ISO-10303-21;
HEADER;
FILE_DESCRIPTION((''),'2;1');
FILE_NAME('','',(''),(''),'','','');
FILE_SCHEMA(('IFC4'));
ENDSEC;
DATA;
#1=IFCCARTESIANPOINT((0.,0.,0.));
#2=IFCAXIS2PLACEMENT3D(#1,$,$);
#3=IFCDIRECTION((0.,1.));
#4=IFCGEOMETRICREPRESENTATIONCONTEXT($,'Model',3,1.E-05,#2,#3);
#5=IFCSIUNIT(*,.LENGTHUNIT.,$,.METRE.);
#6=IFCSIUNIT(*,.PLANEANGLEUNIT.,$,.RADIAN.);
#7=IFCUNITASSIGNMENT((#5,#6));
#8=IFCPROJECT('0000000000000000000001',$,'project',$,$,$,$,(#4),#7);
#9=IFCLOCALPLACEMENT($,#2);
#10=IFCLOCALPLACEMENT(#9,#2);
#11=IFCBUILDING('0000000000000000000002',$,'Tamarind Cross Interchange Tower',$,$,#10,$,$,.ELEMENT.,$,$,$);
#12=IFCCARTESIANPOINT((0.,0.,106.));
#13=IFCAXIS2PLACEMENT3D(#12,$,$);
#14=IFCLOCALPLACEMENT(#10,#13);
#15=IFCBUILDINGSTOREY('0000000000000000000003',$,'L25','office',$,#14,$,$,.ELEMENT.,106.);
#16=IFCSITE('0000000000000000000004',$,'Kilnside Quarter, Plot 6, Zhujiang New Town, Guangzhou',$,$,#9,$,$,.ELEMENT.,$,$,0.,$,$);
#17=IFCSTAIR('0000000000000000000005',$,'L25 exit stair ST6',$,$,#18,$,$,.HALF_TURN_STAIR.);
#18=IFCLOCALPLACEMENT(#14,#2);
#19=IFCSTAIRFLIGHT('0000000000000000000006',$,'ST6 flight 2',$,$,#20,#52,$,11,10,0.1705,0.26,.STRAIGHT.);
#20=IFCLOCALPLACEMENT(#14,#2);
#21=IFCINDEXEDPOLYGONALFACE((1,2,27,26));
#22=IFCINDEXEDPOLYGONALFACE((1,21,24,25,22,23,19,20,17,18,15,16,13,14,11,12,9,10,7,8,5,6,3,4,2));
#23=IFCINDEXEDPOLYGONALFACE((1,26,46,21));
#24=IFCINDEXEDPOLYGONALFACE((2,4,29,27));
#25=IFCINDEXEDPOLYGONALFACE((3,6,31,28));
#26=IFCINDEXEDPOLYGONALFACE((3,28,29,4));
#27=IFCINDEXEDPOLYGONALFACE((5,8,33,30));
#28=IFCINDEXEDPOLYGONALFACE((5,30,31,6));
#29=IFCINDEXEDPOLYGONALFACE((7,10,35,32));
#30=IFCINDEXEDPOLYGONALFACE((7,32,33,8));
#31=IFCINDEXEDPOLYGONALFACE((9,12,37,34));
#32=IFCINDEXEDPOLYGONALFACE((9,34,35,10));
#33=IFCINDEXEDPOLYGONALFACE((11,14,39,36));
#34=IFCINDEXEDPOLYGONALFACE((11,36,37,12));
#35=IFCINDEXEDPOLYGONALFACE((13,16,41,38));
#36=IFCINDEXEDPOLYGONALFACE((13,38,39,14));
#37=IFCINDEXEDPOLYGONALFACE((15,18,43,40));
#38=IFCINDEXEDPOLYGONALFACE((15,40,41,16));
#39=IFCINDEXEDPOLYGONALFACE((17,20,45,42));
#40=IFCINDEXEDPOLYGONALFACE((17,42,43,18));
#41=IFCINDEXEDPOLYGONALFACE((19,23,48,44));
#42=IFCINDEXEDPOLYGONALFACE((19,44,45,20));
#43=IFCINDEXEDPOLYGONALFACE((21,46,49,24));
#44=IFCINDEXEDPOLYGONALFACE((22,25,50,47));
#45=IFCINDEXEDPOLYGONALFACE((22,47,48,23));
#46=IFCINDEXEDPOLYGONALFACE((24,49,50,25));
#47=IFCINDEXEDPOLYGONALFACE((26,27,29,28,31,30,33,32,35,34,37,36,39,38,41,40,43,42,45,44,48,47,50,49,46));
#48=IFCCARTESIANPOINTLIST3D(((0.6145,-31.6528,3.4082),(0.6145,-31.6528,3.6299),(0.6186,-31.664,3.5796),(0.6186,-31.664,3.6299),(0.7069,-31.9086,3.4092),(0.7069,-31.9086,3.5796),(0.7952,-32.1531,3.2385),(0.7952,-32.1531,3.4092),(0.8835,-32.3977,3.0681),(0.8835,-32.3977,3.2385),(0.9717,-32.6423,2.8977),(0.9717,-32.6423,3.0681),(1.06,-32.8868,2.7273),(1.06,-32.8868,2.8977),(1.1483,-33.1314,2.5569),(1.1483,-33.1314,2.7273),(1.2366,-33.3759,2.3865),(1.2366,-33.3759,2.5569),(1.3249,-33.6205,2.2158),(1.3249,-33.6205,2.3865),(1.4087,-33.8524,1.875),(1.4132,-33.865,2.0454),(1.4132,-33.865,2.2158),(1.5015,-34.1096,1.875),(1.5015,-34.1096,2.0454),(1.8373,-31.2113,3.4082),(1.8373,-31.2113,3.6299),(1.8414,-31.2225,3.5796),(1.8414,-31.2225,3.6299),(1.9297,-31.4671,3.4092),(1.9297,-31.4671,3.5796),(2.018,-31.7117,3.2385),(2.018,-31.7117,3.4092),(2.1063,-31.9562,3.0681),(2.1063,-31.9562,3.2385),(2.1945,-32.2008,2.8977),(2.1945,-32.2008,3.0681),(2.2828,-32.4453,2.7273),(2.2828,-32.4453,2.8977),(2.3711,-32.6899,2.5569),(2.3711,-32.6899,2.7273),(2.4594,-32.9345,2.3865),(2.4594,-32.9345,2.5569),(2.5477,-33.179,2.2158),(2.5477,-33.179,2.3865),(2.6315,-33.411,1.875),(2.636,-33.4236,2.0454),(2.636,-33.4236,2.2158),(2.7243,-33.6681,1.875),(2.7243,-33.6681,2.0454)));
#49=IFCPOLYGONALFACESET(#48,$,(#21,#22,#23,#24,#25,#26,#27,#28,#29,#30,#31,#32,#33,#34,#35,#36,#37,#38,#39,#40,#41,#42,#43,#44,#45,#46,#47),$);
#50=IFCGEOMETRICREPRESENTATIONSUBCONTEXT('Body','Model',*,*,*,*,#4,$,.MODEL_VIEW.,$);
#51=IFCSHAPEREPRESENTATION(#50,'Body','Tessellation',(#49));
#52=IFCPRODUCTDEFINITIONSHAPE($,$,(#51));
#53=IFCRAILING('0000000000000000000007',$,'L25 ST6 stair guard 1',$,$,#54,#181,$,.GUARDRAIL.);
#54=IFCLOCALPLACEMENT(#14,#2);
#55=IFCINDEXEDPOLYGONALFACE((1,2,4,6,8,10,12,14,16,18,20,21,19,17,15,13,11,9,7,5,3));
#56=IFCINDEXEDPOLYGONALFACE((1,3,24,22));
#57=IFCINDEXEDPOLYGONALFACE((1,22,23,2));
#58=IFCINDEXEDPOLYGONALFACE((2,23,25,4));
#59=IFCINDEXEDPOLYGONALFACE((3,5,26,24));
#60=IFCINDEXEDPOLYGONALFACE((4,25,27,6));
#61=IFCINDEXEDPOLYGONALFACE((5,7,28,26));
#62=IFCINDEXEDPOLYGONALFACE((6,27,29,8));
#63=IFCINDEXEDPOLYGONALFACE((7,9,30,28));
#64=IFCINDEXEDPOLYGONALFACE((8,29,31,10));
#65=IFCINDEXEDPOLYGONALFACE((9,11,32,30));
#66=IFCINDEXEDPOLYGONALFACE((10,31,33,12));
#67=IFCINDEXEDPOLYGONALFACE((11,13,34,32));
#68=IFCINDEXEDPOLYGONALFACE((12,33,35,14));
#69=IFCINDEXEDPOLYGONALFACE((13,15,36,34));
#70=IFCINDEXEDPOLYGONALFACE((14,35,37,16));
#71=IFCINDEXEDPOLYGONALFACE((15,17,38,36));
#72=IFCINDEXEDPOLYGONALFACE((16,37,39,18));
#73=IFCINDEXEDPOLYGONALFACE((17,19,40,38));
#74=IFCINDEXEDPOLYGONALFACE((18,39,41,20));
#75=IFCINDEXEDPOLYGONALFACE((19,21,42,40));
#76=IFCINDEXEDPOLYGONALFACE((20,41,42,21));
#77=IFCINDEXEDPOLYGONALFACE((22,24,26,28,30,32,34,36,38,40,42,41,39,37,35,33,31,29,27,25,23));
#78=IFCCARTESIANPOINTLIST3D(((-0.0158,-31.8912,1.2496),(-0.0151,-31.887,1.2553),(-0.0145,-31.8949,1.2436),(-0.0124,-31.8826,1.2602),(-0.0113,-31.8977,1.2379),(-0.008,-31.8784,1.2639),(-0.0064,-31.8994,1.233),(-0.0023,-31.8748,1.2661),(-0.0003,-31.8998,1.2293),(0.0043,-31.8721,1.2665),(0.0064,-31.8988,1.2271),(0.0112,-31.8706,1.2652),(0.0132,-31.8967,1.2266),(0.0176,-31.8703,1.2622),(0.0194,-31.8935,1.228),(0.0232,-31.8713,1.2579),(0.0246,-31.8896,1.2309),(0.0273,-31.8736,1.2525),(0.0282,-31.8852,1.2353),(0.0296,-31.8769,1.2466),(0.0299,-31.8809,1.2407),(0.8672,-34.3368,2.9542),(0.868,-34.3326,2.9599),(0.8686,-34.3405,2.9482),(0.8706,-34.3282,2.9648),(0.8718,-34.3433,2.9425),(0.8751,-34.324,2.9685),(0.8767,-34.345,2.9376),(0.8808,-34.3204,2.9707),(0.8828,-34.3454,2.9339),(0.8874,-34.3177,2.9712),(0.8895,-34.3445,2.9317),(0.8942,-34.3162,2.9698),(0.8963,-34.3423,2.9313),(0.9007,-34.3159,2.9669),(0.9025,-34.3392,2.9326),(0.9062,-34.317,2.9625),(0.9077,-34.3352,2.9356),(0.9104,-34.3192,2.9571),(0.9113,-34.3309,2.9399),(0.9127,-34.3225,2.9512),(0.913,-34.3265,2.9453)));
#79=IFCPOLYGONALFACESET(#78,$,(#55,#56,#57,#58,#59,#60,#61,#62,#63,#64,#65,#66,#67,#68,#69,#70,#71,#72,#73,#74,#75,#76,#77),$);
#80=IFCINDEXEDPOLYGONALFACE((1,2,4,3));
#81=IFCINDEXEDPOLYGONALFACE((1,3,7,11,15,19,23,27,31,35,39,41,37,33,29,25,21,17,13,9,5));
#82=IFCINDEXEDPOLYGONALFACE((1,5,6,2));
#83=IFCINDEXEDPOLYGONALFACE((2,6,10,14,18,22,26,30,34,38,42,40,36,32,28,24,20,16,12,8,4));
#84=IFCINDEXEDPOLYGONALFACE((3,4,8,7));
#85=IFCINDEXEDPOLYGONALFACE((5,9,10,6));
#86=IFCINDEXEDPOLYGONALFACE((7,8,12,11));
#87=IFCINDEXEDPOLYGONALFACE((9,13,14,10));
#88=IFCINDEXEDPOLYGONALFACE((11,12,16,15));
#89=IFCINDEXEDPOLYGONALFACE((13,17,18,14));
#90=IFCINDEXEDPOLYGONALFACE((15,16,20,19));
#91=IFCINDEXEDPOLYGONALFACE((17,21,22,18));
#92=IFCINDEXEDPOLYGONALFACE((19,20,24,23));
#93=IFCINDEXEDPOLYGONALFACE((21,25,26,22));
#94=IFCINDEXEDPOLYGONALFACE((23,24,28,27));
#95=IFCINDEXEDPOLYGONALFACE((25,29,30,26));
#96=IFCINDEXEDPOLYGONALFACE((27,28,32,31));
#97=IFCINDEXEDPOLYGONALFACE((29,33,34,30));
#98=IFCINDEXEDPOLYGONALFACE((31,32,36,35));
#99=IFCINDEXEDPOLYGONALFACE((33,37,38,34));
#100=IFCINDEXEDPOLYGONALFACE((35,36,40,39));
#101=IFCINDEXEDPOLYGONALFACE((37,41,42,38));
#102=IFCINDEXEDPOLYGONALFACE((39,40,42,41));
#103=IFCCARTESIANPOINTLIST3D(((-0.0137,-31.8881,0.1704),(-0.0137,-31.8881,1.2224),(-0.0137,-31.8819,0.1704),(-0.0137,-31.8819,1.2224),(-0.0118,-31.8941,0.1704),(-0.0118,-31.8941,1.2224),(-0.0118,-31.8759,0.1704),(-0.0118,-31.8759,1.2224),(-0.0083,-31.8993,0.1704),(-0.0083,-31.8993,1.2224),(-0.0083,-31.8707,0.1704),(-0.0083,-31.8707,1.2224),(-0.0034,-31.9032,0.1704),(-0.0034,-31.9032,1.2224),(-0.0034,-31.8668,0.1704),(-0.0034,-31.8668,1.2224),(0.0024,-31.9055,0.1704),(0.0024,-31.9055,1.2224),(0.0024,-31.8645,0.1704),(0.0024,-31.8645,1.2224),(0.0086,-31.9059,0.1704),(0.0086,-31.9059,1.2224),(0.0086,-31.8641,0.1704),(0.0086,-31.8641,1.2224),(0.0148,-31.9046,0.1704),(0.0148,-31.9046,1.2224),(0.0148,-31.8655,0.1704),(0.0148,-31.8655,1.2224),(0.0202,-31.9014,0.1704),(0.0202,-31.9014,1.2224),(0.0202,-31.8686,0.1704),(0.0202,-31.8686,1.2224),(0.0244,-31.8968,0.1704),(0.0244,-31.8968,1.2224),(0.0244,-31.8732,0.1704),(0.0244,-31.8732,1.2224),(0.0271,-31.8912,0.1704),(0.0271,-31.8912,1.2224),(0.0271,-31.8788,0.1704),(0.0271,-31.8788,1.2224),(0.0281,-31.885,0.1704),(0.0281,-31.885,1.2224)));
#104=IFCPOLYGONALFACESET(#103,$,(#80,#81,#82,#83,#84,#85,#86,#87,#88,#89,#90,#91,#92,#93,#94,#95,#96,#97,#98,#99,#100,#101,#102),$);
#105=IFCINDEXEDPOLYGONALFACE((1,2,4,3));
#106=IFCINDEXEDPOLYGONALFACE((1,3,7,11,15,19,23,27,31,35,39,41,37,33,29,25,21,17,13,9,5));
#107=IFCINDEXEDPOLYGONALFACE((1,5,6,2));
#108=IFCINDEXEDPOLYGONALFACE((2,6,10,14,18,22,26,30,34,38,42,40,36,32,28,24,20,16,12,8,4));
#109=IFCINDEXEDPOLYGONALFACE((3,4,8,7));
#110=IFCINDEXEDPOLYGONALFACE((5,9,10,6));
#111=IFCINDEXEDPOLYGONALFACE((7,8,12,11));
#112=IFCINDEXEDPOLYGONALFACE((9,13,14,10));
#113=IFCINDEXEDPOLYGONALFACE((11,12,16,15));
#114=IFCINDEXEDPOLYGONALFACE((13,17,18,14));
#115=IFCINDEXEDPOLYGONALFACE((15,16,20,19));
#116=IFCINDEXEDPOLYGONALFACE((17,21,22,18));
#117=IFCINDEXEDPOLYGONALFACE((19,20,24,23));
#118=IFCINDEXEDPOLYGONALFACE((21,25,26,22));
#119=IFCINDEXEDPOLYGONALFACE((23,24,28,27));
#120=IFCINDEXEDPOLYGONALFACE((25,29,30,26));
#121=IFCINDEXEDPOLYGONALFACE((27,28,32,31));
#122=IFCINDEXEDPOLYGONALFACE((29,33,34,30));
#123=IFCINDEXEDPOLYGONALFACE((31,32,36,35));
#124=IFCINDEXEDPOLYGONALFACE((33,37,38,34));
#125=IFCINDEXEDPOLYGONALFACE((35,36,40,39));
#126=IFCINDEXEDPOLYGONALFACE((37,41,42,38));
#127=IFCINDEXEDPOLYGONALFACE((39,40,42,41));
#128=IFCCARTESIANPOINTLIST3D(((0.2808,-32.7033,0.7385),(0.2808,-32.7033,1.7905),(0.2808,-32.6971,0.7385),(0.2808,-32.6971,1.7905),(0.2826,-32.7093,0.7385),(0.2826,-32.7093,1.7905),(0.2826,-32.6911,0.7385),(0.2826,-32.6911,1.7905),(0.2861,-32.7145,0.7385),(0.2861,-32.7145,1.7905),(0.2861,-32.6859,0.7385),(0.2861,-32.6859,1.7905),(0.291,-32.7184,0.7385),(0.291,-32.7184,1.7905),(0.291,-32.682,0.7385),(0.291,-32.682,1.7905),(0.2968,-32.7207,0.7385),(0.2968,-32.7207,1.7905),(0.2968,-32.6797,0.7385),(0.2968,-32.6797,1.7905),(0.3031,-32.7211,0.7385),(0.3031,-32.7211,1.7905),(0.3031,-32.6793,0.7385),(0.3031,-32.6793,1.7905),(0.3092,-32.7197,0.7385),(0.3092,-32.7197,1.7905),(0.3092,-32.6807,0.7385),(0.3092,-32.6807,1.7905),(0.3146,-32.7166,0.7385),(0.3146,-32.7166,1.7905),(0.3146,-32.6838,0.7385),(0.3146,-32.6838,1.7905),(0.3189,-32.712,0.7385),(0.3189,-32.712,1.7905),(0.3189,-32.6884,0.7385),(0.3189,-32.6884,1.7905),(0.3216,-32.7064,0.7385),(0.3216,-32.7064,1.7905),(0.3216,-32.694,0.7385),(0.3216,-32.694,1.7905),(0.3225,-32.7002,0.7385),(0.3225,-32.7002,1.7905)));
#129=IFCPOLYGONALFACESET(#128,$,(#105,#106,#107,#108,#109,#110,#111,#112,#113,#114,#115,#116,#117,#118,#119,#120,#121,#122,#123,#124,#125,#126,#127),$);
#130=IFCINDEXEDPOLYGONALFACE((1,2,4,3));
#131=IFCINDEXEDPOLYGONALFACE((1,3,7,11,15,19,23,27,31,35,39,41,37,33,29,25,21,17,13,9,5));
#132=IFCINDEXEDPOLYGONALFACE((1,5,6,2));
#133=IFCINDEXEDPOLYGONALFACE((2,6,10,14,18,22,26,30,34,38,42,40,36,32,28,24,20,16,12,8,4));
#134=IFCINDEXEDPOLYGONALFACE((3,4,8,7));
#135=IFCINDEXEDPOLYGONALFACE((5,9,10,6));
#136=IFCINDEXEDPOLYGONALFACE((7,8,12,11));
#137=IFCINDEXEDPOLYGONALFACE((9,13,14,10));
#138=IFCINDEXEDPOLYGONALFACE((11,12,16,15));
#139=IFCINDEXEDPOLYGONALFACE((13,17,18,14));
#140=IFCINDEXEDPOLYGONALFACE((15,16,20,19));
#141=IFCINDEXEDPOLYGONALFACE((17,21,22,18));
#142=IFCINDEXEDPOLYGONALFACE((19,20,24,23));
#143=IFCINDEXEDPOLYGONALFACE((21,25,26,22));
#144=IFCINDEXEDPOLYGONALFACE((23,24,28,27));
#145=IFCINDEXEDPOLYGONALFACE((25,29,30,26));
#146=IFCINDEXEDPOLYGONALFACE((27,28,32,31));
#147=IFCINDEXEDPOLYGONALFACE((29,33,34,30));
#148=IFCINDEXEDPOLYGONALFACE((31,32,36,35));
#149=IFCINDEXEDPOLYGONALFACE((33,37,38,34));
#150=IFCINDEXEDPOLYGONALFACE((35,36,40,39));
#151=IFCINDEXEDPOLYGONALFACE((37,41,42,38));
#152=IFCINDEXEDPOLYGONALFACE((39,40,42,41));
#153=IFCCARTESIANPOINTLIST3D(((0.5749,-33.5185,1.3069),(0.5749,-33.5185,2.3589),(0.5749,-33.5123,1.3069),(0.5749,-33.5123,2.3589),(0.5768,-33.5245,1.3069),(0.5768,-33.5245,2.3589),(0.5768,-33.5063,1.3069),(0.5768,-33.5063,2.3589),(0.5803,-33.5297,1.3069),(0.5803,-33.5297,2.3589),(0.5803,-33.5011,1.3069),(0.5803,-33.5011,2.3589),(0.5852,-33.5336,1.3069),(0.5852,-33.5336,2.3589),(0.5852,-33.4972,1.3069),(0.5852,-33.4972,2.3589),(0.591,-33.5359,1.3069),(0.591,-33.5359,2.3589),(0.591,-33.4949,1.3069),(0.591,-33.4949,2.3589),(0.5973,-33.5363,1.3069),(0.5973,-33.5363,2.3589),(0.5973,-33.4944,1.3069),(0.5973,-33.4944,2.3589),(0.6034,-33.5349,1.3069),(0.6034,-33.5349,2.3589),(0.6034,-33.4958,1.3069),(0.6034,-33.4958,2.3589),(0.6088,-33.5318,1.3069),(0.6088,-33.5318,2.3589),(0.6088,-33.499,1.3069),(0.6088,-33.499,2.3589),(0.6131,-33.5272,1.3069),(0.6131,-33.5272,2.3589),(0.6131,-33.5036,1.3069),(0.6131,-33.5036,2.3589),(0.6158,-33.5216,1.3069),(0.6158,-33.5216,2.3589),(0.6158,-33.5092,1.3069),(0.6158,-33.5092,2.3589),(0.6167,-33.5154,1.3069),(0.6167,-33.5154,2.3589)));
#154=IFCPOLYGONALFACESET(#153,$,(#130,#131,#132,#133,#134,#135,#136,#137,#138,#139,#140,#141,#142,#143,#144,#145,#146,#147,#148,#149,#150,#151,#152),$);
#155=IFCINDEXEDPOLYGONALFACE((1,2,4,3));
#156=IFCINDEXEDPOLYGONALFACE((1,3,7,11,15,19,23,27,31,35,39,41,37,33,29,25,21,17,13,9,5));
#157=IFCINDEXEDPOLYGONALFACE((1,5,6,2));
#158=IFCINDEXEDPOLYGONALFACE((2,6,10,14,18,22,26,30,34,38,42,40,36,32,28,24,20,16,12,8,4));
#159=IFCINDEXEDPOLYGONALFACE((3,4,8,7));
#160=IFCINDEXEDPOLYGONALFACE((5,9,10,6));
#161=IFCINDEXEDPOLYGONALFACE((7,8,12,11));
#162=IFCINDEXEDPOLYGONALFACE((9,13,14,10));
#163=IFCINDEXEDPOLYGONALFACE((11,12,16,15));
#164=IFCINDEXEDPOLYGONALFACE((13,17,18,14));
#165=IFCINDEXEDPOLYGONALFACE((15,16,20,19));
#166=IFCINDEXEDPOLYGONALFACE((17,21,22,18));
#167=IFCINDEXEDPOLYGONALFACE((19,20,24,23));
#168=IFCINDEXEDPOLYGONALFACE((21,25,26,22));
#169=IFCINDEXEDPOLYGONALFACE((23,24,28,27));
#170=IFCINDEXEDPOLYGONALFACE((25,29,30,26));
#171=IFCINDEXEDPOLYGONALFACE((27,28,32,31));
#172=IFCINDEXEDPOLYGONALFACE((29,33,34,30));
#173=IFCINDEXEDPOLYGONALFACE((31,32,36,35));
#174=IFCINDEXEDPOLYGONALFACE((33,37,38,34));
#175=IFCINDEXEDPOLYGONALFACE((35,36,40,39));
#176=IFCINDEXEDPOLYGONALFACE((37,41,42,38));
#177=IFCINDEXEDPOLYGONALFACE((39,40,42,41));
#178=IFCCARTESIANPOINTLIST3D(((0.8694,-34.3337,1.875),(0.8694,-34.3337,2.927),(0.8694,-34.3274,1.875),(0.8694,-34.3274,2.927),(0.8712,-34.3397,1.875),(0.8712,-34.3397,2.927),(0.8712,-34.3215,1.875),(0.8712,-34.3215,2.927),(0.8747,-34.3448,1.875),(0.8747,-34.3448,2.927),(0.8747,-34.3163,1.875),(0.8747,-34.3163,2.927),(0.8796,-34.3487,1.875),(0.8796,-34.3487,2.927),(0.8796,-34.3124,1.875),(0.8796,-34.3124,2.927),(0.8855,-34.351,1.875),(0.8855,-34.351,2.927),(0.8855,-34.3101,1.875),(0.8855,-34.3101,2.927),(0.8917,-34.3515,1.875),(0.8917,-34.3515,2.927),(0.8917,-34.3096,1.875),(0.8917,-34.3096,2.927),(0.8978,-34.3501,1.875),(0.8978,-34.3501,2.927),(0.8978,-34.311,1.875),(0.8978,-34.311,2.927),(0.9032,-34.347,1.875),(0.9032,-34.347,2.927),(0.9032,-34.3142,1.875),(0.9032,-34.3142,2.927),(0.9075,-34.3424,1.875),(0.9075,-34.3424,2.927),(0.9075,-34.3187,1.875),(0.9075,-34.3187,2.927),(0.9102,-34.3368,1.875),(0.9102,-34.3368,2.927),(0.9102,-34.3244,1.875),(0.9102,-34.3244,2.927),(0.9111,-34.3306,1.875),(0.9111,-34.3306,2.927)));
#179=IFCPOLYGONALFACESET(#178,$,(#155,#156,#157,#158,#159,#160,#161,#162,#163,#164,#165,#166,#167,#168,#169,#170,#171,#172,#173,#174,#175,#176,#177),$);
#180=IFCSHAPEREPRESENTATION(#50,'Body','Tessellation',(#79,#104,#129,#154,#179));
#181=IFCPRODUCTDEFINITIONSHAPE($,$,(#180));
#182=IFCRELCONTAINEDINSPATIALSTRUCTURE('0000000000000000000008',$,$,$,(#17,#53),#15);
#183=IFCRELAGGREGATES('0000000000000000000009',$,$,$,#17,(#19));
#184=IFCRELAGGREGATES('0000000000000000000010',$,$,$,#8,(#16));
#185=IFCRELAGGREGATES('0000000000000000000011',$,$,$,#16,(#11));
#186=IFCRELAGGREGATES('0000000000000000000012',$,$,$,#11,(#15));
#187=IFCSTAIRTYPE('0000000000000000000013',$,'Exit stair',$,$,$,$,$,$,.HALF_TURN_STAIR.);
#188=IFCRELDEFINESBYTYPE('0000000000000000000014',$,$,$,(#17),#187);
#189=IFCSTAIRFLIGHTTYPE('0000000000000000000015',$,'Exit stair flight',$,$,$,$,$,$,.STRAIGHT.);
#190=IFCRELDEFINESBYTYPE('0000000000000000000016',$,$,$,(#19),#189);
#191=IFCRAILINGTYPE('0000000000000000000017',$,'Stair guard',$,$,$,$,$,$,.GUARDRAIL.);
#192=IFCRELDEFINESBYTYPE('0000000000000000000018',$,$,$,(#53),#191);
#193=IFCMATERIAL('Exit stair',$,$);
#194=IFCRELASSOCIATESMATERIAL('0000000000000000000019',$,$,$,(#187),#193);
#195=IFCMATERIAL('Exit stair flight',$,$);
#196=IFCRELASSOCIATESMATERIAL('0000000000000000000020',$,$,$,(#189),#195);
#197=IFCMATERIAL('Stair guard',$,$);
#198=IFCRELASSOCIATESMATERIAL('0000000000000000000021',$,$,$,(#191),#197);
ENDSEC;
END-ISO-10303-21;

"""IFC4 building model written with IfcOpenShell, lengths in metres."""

from ifc_helpers import new_model, si_unit, direction, frame, origin, origin_2d, place, context, subcontext, project, spatial, polyline, circle, outline, extrude, material, type_object, element, aggregate, save


model = new_model("IFC4")

# Units and contexts
model_context = context("Model", 3, precision=1e-05, world=origin(), true_north=direction((0.0, 1.0)))
body_context = subcontext(model_context, "Body", "Model", "MODEL_VIEW")
ifc_project = project(units=[si_unit("LENGTHUNIT", "METRE"), si_unit("PLANEANGLEUNIT", "RADIAN")], contexts=[model_context])

# Site, building, storey
site_placement = place(None, origin())
site = spatial("IfcSite", under=ifc_project, at=site_placement, Name="Kilnside Quarter, Plot 6, Zhujiang New Town, Guangzhou", CompositionType="ELEMENT", RefElevation=0.0)
building_placement = place(site_placement, origin())
building = spatial("IfcBuilding", under=site, at=building_placement, Name="Tamarind Cross Interchange Tower", CompositionType="ELEMENT")
storey_placement = place(building_placement, frame((0.0, 0.0, 106.0)))
storey = spatial("IfcBuildingStorey", under=building, at=storey_placement, Name="L25", Description="office", CompositionType="ELEMENT", Elevation=106.0)

# Stair, stair flight
ifc_material_1 = material(Name="Exit stair")
stair_type = type_object("IfcStairType", Name="Exit stair", PredefinedType="HALF_TURN_STAIR", material=ifc_material_1)
stair_placement = place(storey_placement, origin())
stair = element("IfcStair", 1, at=stair_placement, inside=storey, type_object=stair_type, Name="L25 exit stair ST6", PredefinedType="HALF_TURN_STAIR")
ifc_material_2 = material(Name="Exit stair flight")
stair_flight_type = type_object("IfcStairFlightType", Name="Exit stair flight", PredefinedType="STRAIGHT", material=ifc_material_2)
stair_flight_placement = place(storey_placement, frame((2.1128, -33.8889, 1.875), z_axis=(0.0, 0.0, 1.0), x_axis=(-0.339579, 0.940578, 0.0)))
stair_flight = element("IfcStairFlight", 2, at=stair_flight_placement, type_object=stair_flight_type, Name="ST6 flight 2", NumberOfRisers=11, NumberOfTreads=10, PredefinedType="STRAIGHT", RiserHeight=0.1705, TreadLength=0.26, context=body_context, shape_type="SweptSolid", body=[
    extrude(outline(polyline([(0.0, 0.0), (0.0, 0.1704), (0.26, 0.1704), (0.26, 0.3408), (0.52, 0.3408), (0.52, 0.5115), (0.78, 0.5115), (0.78, 0.6819), (1.04, 0.6819), (1.04, 0.8523), (1.3, 0.8523), (1.3, 1.0227), (1.5601, 1.0227), (1.5601, 1.1931), (1.8201, 1.1931), (1.8201, 1.3635), (2.0801, 1.3635), (2.0801, 1.5342), (2.3401, 1.5342), (2.3401, 1.7046), (2.6001, 1.7046), (2.6001, 1.7549), (2.6121, 1.7549), (2.6121, 1.5332), (0.2734, 0.0), (0.0, 0.0)])), frame((0.0, 0.6499, 0.0), z_axis=(0.0, -1.0, 0.0), x_axis=(1.0, 0.0, 0.0)), (0.0, 0.0, 1.0), 1.3),
])
aggregate(stair, [stair_flight])

# Railing
ifc_material_3 = material(Name="Stair guard")
railing_type_1 = type_object("IfcRailingType", Name="Stair guard", PredefinedType="GUARDRAIL", material=ifc_material_3)
railing_1_placement = place(storey_placement, frame((0.0071, -31.885, 0.1704)))
element("IfcRailing", 3, at=railing_1_placement, inside=storey, type_object=railing_type_1, Name="L25 ST6 stair guard 1", PredefinedType="GUARDRAIL", context=body_context, shape_type="SweptSolid", body=[
    extrude(circle(Radius=0.0239, at=origin_2d()), frame((0.0, 0.0, 1.0762), z_axis=(0.284028, -0.786594, 0.548268), x_axis=(0.940561, 0.339624, 0.0)), (0.0, 0.0, 1.0), 3.1091),
    extrude(circle(Radius=0.021, at=origin_2d()), origin(), (0.0, 0.0, 1.0), 1.052),
    extrude(circle(Radius=0.021, at=origin_2d()), frame((0.2944, -0.8152, 0.5681)), (0.0, 0.0, 1.0), 1.052),
    extrude(circle(Radius=0.021, at=origin_2d()), frame((0.5886, -1.6304, 1.1365)), (0.0, 0.0, 1.0), 1.052),
    extrude(circle(Radius=0.021, at=origin_2d()), frame((0.8831, -2.4456, 1.7046)), (0.0, 0.0, 1.0), 1.052),
])

save(model, "model.ifc")
